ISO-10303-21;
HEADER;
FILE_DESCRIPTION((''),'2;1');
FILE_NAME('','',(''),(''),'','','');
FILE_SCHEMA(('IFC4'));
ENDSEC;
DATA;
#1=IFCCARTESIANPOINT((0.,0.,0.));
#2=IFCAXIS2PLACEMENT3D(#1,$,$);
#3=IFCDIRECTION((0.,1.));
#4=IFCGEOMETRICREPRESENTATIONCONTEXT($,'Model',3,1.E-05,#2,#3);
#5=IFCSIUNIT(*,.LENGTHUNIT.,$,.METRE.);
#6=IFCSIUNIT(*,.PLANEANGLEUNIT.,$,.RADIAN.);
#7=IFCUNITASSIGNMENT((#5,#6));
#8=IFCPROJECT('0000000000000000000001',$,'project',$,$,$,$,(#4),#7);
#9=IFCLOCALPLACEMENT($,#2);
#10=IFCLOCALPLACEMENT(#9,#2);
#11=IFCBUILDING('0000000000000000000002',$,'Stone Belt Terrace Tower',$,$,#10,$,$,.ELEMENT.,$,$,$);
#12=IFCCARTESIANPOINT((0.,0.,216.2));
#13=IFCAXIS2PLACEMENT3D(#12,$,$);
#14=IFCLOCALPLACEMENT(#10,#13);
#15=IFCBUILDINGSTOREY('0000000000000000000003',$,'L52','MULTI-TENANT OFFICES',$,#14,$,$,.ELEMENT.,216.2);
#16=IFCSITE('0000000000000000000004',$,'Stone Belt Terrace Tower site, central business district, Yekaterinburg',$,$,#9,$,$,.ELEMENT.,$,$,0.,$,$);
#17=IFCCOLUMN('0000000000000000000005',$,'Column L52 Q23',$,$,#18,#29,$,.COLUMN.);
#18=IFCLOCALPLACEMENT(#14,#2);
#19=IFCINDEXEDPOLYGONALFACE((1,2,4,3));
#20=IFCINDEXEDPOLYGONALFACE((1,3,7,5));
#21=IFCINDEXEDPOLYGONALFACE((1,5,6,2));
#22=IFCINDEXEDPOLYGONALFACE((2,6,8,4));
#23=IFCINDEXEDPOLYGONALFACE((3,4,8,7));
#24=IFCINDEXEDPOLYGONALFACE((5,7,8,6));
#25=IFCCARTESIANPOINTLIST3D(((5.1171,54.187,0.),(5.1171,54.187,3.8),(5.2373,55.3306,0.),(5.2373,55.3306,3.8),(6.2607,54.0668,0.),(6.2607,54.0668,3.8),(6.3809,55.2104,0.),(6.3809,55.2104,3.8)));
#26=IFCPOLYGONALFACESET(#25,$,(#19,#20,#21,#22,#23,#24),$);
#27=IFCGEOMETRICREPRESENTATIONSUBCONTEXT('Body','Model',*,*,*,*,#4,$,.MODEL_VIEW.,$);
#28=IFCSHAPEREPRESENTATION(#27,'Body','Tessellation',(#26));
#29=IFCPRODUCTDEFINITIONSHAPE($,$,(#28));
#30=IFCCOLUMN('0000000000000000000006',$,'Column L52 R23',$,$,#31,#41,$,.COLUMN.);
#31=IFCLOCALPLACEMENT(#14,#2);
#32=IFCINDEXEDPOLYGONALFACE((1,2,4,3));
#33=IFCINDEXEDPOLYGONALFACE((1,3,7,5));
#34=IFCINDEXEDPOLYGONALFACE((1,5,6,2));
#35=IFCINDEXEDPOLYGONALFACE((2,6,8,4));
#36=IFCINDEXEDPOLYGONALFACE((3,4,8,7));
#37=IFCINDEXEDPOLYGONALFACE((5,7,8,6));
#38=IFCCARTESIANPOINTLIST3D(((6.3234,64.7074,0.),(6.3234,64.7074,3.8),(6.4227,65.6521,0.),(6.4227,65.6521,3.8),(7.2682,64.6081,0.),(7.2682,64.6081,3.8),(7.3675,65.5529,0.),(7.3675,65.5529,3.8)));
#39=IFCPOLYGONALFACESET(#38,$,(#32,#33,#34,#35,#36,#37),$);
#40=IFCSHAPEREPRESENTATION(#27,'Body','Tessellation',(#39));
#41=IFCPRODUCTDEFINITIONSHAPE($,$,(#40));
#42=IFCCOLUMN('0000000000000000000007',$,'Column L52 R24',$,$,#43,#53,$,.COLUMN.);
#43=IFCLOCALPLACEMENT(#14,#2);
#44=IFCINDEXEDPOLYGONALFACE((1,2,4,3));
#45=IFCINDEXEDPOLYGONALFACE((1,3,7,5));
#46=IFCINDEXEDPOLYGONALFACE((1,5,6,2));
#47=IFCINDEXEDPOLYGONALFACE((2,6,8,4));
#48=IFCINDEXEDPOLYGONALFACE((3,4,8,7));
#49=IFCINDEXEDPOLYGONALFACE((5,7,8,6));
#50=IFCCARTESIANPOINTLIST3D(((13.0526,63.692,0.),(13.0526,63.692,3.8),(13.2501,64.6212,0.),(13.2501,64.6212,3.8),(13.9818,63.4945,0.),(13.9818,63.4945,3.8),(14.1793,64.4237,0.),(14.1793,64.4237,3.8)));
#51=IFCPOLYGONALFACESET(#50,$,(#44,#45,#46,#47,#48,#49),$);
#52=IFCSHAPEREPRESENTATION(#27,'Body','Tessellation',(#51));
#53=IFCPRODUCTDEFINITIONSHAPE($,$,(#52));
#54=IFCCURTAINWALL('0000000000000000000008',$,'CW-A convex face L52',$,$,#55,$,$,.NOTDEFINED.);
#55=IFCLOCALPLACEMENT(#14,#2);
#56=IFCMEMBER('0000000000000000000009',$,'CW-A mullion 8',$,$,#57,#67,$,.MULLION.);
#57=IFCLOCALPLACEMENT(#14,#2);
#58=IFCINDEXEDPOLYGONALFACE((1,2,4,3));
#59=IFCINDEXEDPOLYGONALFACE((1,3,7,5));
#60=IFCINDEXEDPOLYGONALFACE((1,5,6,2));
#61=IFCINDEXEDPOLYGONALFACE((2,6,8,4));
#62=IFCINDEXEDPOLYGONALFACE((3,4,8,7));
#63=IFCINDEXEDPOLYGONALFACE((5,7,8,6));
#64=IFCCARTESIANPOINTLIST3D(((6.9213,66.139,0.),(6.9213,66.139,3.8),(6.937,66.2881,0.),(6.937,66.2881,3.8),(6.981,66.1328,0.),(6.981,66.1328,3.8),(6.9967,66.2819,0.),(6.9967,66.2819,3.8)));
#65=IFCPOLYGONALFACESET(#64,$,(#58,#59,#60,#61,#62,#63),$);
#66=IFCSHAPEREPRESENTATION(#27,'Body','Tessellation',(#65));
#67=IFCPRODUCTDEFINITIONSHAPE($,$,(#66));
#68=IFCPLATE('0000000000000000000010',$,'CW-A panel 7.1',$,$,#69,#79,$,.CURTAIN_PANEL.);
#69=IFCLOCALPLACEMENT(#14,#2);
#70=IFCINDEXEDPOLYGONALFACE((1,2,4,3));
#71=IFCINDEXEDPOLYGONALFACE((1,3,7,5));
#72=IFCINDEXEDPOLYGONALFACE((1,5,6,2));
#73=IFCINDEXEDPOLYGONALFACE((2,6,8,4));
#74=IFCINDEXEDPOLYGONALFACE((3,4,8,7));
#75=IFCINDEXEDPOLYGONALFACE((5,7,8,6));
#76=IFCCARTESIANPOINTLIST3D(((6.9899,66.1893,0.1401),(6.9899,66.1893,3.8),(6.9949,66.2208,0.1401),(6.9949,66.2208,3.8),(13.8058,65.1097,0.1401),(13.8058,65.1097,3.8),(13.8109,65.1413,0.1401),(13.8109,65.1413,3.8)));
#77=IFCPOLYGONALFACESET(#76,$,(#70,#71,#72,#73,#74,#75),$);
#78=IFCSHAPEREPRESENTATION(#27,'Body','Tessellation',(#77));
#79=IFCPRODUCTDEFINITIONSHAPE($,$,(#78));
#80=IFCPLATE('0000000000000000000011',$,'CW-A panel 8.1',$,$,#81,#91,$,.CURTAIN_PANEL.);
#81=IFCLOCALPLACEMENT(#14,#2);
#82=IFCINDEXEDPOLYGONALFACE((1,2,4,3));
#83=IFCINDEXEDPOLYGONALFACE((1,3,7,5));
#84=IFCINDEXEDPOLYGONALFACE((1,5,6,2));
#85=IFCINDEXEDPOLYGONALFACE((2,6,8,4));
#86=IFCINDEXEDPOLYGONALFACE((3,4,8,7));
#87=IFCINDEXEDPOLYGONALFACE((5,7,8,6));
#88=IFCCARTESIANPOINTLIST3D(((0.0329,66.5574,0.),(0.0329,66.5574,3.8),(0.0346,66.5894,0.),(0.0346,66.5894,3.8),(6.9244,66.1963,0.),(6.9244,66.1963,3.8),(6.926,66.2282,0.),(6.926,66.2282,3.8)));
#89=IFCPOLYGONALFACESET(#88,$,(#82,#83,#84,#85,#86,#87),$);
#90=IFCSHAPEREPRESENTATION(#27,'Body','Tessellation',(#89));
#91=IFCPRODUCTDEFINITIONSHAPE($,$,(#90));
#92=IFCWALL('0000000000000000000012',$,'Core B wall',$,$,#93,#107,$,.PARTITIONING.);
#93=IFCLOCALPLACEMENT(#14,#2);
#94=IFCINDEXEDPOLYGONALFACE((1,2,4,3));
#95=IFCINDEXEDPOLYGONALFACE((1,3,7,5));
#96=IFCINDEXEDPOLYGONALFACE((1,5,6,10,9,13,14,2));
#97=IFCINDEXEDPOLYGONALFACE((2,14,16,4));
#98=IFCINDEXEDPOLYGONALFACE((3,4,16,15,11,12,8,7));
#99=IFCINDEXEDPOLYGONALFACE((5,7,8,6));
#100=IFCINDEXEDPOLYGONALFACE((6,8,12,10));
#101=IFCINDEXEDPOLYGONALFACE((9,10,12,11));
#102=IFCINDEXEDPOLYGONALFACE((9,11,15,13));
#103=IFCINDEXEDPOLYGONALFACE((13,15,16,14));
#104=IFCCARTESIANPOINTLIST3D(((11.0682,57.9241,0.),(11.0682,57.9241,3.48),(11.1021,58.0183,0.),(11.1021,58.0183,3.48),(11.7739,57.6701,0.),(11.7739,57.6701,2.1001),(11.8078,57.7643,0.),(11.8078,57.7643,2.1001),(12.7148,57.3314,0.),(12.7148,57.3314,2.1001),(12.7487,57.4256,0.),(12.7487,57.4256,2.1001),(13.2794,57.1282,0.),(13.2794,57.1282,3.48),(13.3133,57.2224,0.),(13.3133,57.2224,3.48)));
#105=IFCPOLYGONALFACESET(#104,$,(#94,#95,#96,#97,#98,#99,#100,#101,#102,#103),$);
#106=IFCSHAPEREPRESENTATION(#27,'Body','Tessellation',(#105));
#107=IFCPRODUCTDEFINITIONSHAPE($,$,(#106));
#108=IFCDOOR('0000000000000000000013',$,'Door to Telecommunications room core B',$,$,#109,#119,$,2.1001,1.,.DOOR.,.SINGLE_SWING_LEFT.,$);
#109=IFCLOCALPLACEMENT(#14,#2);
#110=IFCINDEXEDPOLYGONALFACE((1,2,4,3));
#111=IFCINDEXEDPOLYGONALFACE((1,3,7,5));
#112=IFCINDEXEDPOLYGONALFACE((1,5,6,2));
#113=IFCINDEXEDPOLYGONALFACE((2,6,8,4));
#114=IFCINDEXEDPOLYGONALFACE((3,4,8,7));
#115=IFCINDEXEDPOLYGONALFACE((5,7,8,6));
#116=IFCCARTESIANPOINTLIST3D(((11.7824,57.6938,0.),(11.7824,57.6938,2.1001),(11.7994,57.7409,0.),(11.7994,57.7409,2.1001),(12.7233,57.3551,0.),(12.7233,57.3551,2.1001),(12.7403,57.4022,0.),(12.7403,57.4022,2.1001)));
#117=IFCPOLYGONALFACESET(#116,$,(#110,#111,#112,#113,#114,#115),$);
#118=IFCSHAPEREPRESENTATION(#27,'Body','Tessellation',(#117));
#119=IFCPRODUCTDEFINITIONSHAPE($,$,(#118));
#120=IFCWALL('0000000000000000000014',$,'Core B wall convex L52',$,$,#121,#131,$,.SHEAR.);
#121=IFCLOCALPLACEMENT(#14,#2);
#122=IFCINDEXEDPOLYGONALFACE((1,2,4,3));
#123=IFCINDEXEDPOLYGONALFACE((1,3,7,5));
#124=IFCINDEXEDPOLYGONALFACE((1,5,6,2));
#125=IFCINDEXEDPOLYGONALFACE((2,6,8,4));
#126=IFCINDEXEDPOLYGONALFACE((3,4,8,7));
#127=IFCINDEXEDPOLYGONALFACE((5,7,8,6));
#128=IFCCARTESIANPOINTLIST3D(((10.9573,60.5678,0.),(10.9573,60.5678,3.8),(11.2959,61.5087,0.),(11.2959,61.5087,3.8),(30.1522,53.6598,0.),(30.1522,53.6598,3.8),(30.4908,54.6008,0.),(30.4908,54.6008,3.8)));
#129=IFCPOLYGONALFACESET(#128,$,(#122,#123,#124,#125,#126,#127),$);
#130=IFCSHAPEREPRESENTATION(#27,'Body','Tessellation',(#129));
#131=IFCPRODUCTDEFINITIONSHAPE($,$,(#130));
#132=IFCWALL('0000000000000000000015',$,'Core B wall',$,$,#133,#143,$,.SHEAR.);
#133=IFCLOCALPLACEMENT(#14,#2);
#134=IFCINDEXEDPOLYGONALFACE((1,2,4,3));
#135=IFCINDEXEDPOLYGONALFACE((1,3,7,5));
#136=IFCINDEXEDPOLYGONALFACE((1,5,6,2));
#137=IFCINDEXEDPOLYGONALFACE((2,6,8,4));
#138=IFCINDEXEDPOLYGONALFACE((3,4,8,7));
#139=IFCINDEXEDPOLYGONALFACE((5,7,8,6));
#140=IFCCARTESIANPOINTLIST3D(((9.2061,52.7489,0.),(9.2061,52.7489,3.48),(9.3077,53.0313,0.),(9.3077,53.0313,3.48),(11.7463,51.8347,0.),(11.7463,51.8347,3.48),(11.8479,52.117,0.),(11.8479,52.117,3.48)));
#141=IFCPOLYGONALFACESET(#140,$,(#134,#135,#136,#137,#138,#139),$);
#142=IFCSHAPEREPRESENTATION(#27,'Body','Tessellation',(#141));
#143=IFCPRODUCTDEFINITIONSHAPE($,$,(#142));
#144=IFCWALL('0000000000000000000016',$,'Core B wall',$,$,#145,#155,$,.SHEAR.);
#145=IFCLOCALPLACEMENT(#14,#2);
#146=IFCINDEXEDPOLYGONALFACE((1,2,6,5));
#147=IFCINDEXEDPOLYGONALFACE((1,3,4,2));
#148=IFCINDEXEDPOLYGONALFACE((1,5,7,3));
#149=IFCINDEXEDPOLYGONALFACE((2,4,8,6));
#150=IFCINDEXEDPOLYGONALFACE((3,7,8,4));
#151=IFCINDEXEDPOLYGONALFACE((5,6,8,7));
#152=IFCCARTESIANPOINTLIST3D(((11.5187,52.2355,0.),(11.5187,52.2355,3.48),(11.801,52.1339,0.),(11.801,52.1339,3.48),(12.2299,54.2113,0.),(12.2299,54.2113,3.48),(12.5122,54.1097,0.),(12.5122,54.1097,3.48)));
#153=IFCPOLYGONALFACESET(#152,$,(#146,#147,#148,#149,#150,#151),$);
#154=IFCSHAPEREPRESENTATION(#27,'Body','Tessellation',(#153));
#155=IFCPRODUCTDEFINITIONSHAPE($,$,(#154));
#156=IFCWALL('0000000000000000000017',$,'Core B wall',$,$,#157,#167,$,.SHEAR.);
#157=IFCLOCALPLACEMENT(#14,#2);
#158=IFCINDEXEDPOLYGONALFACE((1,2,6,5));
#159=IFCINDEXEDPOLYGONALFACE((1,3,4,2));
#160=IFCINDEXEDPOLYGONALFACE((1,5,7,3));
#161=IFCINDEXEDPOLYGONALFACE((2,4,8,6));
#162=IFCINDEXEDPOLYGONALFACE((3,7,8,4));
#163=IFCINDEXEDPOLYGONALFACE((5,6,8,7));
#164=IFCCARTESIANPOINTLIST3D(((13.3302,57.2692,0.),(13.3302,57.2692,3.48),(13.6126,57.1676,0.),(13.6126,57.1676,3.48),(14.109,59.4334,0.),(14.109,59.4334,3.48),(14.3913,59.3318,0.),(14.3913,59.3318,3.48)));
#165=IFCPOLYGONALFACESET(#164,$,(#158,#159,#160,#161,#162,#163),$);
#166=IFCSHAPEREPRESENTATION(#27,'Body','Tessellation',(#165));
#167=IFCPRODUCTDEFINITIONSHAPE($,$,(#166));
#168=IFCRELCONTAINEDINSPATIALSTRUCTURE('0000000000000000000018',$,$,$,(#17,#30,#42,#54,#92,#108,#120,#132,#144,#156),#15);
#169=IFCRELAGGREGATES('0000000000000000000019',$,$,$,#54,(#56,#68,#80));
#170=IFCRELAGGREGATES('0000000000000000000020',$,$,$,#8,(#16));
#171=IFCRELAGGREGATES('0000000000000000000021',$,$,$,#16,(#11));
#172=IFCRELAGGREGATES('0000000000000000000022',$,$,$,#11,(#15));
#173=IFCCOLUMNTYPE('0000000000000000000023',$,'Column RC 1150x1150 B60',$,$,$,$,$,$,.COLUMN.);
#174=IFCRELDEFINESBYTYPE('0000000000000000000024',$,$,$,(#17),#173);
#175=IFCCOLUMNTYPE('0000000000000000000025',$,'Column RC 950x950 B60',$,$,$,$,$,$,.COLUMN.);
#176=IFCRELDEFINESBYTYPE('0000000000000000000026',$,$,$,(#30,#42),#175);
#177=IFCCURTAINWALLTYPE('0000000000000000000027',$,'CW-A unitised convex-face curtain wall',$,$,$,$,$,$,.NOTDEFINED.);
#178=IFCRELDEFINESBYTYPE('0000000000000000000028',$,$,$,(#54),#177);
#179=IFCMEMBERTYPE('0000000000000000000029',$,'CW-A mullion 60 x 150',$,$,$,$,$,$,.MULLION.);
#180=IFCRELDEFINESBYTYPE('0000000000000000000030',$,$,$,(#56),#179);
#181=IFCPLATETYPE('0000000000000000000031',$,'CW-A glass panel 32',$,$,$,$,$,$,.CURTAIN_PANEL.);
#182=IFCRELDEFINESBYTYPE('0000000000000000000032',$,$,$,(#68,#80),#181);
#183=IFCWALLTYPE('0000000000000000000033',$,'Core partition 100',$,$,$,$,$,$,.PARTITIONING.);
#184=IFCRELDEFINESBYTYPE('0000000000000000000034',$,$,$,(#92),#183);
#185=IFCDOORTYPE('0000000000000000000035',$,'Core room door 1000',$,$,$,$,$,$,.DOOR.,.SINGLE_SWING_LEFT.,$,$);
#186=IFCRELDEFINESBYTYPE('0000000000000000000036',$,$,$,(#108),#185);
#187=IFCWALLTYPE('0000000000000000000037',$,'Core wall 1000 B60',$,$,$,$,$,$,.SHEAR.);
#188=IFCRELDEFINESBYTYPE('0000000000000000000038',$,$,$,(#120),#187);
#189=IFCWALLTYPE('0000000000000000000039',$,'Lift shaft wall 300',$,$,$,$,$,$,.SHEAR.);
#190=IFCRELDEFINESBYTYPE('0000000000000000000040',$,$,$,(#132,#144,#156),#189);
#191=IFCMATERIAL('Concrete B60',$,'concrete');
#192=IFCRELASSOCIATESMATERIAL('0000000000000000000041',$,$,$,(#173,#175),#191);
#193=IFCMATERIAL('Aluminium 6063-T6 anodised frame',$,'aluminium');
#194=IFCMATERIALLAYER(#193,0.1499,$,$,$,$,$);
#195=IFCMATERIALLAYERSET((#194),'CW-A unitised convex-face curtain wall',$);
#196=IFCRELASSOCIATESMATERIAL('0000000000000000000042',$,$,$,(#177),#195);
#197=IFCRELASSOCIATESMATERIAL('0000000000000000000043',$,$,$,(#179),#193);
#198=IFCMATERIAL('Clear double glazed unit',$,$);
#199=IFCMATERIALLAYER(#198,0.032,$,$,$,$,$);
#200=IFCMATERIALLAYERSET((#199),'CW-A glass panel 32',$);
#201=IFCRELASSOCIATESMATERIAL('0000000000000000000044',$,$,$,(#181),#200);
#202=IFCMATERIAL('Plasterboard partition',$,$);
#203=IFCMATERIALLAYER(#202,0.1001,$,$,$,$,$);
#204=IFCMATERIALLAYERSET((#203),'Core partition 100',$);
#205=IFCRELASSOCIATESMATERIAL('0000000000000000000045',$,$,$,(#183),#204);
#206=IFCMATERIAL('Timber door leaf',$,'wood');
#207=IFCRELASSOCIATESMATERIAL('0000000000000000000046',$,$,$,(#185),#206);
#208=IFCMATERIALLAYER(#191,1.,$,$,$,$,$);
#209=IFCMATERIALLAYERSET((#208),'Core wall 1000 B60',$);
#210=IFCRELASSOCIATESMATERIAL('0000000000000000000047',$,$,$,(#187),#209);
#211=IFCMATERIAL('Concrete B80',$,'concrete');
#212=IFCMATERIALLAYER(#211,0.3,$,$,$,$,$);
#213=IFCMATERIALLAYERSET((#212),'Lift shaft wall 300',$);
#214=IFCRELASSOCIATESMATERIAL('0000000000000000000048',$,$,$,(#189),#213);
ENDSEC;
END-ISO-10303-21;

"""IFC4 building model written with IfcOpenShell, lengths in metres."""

from ifc_helpers import new_model, si_unit, direction, frame, frame_2d, origin, origin_2d, place, context, subcontext, project, spatial, rectangle, extrude, material, layer, layer_set, material_profile, profile_set, type_object, element, fill, aggregate, save


model = new_model("IFC4")

# Units and contexts
model_context = context("Model", 3, precision=1e-05, world=origin(), true_north=direction((0.0, 1.0)))
body_context = subcontext(model_context, "Body", "Model", "MODEL_VIEW")
ifc_project = project(units=[si_unit("LENGTHUNIT", "METRE"), si_unit("PLANEANGLEUNIT", "RADIAN")], contexts=[model_context])

# Site, building, storey
site_placement = place(None, origin())
site = spatial("IfcSite", under=ifc_project, at=site_placement, Name="Stone Belt Terrace Tower site, central business district, Yekaterinburg", CompositionType="ELEMENT", RefElevation=0.0)
building_placement = place(site_placement, origin())
building = spatial("IfcBuilding", under=site, at=building_placement, Name="Stone Belt Terrace Tower", CompositionType="ELEMENT")
storey_placement = place(building_placement, frame((0.0, 0.0, 216.2)))
storey = spatial("IfcBuildingStorey", under=building, at=storey_placement, Name="L52", Description="MULTI-TENANT OFFICES", CompositionType="ELEMENT", Elevation=216.2)

# Columns
ifc_material_1 = material(Name="Concrete B60", Category="concrete")
ifc_material_profile_1 = material_profile(ifc_material_1, rectangle(XDim=1.1499, YDim=1.1499, at=origin_2d()), Name="RC 1150x1150")
ifc_profile_set_1 = profile_set([ifc_material_profile_1], Name="Concrete B60")
column_type_1 = type_object("IfcColumnType", Name="Column RC 1150x1150 B60", PredefinedType="COLUMN", material=ifc_profile_set_1)
column_placement = place(storey_placement, frame((5.749, 54.6987, 0.0), z_axis=(0.0, 0.0, 1.0), x_axis=(0.994522, -0.104528, 0.0)))
element("IfcColumn", 1, at=column_placement, inside=storey, type_object=column_type_1, Name="Column L52 Q23", PredefinedType="COLUMN", context=body_context, shape_type="SweptSolid", body=[
    extrude(rectangle(XDim=1.1499, YDim=1.1499, at=origin_2d()), origin(), (0.0, 0.0, 1.0), 3.8),
])
ifc_material_profile_2 = material_profile(ifc_material_1, rectangle(XDim=0.95, YDim=0.95, at=origin_2d()), Name="RC 950x950")
ifc_profile_set_2 = profile_set([ifc_material_profile_2], Name="Concrete B60")
column_type_2 = type_object("IfcColumnType", Name="Column RC 950x950 B60", PredefinedType="COLUMN", material=ifc_profile_set_2)
for number, where, z_axis, x_axis, name in (
    (2, (6.8455, 65.1301, 0.0), (0.0, 0.0, 1.0), (0.994522, -0.104528, 0.0), "Column L52 R23"),
    (3, (13.616, 64.0579, 0.0), (0.0, 0.0, 1.0), (0.978148, -0.207912, 0.0), "Column L52 R24"),
):
    element("IfcColumn", number, at=place(storey_placement, frame(where, z_axis=z_axis, x_axis=x_axis)), inside=storey, type_object=column_type_2, Name=name, PredefinedType="COLUMN", context=body_context, shape_type="SweptSolid", body=[
        extrude(rectangle(XDim=0.95, YDim=0.95, at=origin_2d()), origin(), (0.0, 0.0, 1.0), 3.8),
    ])

# Curtain wall, member, plates
ifc_material_2 = material(Name="Aluminium 6063-T6 anodised frame", Category="aluminium")
ifc_layer_1 = layer(ifc_material_2, 0.1499)
ifc_layer_set_1 = layer_set([ifc_layer_1], Name="CW-A unitised convex-face curtain wall")
curtain_wall_type = type_object("IfcCurtainWallType", Name="CW-A unitised convex-face curtain wall", PredefinedType="NOTDEFINED", material=ifc_layer_set_1)
curtain_wall_placement = place(storey_placement, origin())
curtain_wall = element("IfcCurtainWall", 4, at=curtain_wall_placement, inside=storey, type_object=curtain_wall_type, Name="CW-A convex face L52", PredefinedType="NOTDEFINED")
ifc_material_profile_3 = material_profile(ifc_material_2, rectangle(XDim=0.1499, YDim=0.0601, at=origin_2d()), Name="Aluminium 6063-T6 60x150")
ifc_profile_set_3 = profile_set([ifc_material_profile_3], Name="Aluminium 6063-T6 anodised frame")
member_type = type_object("IfcMemberType", Name="CW-A mullion 60 x 150", PredefinedType="MULLION", material=ifc_profile_set_3)
member_placement = place(storey_placement, frame((6.959, 66.2104, 0.0), z_axis=(0.0, 0.0, 1.0), x_axis=(-0.104528, -0.994522, 0.0)))
member = element("IfcMember", 5, at=member_placement, type_object=member_type, Name="CW-A mullion 8", PredefinedType="MULLION", context=body_context, shape_type="SweptSolid", body=[
    extrude(rectangle(XDim=0.1499, YDim=0.0601, at=origin_2d()), origin(), (0.0, 0.0, 1.0), 3.8),
])
ifc_material_3 = material(Name="Clear double glazed unit")
ifc_layer_2 = layer(ifc_material_3, 0.032)
ifc_layer_set_2 = layer_set([ifc_layer_2], Name="CW-A glass panel 32")
plate_type = type_object("IfcPlateType", Name="CW-A glass panel 32", PredefinedType="CURTAIN_PANEL", material=ifc_layer_set_2)
plate_1_placement = place(storey_placement, frame((10.4004, 65.6653, 0.1401), z_axis=(0.0, 0.0, 1.0), x_axis=(-0.987688, 0.156434, 0.0)))
plate_1 = element("IfcPlate", 6, at=plate_1_placement, type_object=plate_type, Name="CW-A panel 7.1", PredefinedType="CURTAIN_PANEL", context=body_context, shape_type="SweptSolid", body=[
    extrude(rectangle(XDim=6.9009, YDim=0.032, at=origin_2d()), origin(), (0.0, 0.0, 1.0), 3.6599),
])
plate_2_placement = place(storey_placement, frame((3.4795, 66.3928, 0.0), z_axis=(0.0, 0.0, 1.0), x_axis=(-0.99863, 0.052336, 0.0)))
plate_2 = element("IfcPlate", 7, at=plate_2_placement, type_object=plate_type, Name="CW-A panel 8.1", PredefinedType="CURTAIN_PANEL", context=body_context, shape_type="SweptSolid", body=[
    extrude(rectangle(XDim=6.9009, YDim=0.032, at=origin_2d()), origin(), (0.0, 0.0, 1.0), 3.8),
])
aggregate(curtain_wall, [member, plate_1, plate_2])

# Wall, opening, door
ifc_material_4 = material(Name="Plasterboard partition")
ifc_layer_3 = layer(ifc_material_4, 0.1001)
ifc_layer_set_3 = layer_set([ifc_layer_3], Name="Core partition 100")
wall_type_1 = type_object("IfcWallType", Name="Core partition 100", PredefinedType="PARTITIONING", material=ifc_layer_set_3)
wall_1_placement = place(storey_placement, frame((13.2964, 57.1753, 0.0), z_axis=(0.0, 0.0, 1.0), x_axis=(-0.940905, 0.338672, 0.0)))
wall_1 = element("IfcWall", 8, at=wall_1_placement, inside=storey, type_object=wall_type_1, Name="Core B wall", PredefinedType="PARTITIONING", context=body_context, shape_type="SweptSolid", body=[
    extrude(rectangle(XDim=2.3501, YDim=0.1001, at=frame_2d((1.175, 0.0))), origin(), (0.0, 0.0, 1.0), 3.48),
])
opening_1_placement = place(wall_1_placement, frame((0.6001, 0.0, 0.0)))
opening_1 = element("IfcOpeningElement", 9, at=opening_1_placement, cuts=wall_1, PredefinedType="OPENING", context=body_context, shape_type="SweptSolid", body=[
    extrude(rectangle(XDim=1.0, YDim=2.1001, at=frame_2d((0.5, 1.05))), frame((0.0, 0.0601, 0.0), z_axis=(0.0, -1.0, 0.0), x_axis=(1.0, 0.0, 0.0)), (0.0, 0.0, 1.0), 0.1201),
])
ifc_material_5 = material(Name="Timber door leaf", Category="wood")
door_type_1 = type_object("IfcDoorType", Name="Core room door 1000", OperationType="SINGLE_SWING_LEFT", PredefinedType="DOOR", material=ifc_material_5)
door_1_placement = place(opening_1_placement, origin())
door_1 = element("IfcDoor", 10, at=door_1_placement, inside=storey, type_object=door_type_1, Name="Door to Telecommunications room core B", OperationType="SINGLE_SWING_LEFT", OverallHeight=2.1001, OverallWidth=1.0, PredefinedType="DOOR", context=body_context, shape_type="SweptSolid", body=[
    extrude(rectangle(XDim=1.0, YDim=2.1001, at=frame_2d((0.5, 1.05))), frame((0.0, 0.0249, 0.0), z_axis=(0.0, -1.0, 0.0), x_axis=(1.0, 0.0, 0.0)), (0.0, 0.0, 1.0), 0.05),
])
fill(opening_1, door_1)

# Walls
ifc_layer_4 = layer(ifc_material_1, 1.0)
ifc_layer_set_4 = layer_set([ifc_layer_4], Name="Core wall 1000 B60")
wall_type_2 = type_object("IfcWallType", Name="Core wall 1000 B60", PredefinedType="SHEAR", material=ifc_layer_set_4)
wall_2_placement = place(storey_placement, frame((11.1265, 61.0383, 0.0), z_axis=(0.0, 0.0, 1.0), x_axis=(0.940921, -0.338625, 0.0)))
element("IfcWall", 11, at=wall_2_placement, inside=storey, type_object=wall_type_2, Name="Core B wall convex L52", PredefinedType="SHEAR", context=body_context, shape_type="SweptSolid", body=[
    extrude(rectangle(XDim=20.4001, YDim=1.0, at=frame_2d((10.2002, 0.0))), origin(), (0.0, 0.0, 1.0), 3.8),
])
ifc_material_6 = material(Name="Concrete B80", Category="concrete")
ifc_layer_5 = layer(ifc_material_6, 0.3)
ifc_layer_set_5 = layer_set([ifc_layer_5], Name="Lift shaft wall 300")
wall_type_3 = type_object("IfcWallType", Name="Lift shaft wall 300", PredefinedType="SHEAR", material=ifc_layer_set_5)
wall_3_placement = place(storey_placement, frame((11.7971, 51.9758, 0.0), z_axis=(0.0, 0.0, 1.0), x_axis=(-0.94091, 0.338655, 0.0)))
element("IfcWall", 12, at=wall_3_placement, inside=storey, type_object=wall_type_3, Name="Core B wall", PredefinedType="SHEAR", context=body_context, shape_type="SweptSolid", body=[
    extrude(rectangle(XDim=2.6997, YDim=0.3, at=frame_2d((1.3499, 0.0))), origin(), (0.0, 0.0, 1.0), 3.48),
])
wall_4_placement = place(storey_placement, frame((11.6599, 52.1848, 0.0), z_axis=(0.0, 0.0, 1.0), x_axis=(0.33867, 0.940905, 0.0)))
element("IfcWall", 13, at=wall_4_placement, inside=storey, type_object=wall_type_3, Name="Core B wall", PredefinedType="SHEAR", context=body_context, shape_type="SweptSolid", body=[
    extrude(rectangle(XDim=2.0999, YDim=0.3, at=frame_2d((1.0498, 0.0))), origin(), (0.0, 0.0, 1.0), 3.48),
])
wall_5_placement = place(storey_placement, frame((13.4714, 57.2185, 0.0), z_axis=(0.0, 0.0, 1.0), x_axis=(0.338588, 0.940935, 0.0)))
element("IfcWall", 14, at=wall_5_placement, inside=storey, type_object=wall_type_3, Name="Core B wall", PredefinedType="SHEAR", context=body_context, shape_type="SweptSolid", body=[
    extrude(rectangle(XDim=2.3, YDim=0.3, at=frame_2d((1.1499, 0.0))), origin(), (0.0, 0.0, 1.0), 3.48),
])

save(model, "model.ifc")
